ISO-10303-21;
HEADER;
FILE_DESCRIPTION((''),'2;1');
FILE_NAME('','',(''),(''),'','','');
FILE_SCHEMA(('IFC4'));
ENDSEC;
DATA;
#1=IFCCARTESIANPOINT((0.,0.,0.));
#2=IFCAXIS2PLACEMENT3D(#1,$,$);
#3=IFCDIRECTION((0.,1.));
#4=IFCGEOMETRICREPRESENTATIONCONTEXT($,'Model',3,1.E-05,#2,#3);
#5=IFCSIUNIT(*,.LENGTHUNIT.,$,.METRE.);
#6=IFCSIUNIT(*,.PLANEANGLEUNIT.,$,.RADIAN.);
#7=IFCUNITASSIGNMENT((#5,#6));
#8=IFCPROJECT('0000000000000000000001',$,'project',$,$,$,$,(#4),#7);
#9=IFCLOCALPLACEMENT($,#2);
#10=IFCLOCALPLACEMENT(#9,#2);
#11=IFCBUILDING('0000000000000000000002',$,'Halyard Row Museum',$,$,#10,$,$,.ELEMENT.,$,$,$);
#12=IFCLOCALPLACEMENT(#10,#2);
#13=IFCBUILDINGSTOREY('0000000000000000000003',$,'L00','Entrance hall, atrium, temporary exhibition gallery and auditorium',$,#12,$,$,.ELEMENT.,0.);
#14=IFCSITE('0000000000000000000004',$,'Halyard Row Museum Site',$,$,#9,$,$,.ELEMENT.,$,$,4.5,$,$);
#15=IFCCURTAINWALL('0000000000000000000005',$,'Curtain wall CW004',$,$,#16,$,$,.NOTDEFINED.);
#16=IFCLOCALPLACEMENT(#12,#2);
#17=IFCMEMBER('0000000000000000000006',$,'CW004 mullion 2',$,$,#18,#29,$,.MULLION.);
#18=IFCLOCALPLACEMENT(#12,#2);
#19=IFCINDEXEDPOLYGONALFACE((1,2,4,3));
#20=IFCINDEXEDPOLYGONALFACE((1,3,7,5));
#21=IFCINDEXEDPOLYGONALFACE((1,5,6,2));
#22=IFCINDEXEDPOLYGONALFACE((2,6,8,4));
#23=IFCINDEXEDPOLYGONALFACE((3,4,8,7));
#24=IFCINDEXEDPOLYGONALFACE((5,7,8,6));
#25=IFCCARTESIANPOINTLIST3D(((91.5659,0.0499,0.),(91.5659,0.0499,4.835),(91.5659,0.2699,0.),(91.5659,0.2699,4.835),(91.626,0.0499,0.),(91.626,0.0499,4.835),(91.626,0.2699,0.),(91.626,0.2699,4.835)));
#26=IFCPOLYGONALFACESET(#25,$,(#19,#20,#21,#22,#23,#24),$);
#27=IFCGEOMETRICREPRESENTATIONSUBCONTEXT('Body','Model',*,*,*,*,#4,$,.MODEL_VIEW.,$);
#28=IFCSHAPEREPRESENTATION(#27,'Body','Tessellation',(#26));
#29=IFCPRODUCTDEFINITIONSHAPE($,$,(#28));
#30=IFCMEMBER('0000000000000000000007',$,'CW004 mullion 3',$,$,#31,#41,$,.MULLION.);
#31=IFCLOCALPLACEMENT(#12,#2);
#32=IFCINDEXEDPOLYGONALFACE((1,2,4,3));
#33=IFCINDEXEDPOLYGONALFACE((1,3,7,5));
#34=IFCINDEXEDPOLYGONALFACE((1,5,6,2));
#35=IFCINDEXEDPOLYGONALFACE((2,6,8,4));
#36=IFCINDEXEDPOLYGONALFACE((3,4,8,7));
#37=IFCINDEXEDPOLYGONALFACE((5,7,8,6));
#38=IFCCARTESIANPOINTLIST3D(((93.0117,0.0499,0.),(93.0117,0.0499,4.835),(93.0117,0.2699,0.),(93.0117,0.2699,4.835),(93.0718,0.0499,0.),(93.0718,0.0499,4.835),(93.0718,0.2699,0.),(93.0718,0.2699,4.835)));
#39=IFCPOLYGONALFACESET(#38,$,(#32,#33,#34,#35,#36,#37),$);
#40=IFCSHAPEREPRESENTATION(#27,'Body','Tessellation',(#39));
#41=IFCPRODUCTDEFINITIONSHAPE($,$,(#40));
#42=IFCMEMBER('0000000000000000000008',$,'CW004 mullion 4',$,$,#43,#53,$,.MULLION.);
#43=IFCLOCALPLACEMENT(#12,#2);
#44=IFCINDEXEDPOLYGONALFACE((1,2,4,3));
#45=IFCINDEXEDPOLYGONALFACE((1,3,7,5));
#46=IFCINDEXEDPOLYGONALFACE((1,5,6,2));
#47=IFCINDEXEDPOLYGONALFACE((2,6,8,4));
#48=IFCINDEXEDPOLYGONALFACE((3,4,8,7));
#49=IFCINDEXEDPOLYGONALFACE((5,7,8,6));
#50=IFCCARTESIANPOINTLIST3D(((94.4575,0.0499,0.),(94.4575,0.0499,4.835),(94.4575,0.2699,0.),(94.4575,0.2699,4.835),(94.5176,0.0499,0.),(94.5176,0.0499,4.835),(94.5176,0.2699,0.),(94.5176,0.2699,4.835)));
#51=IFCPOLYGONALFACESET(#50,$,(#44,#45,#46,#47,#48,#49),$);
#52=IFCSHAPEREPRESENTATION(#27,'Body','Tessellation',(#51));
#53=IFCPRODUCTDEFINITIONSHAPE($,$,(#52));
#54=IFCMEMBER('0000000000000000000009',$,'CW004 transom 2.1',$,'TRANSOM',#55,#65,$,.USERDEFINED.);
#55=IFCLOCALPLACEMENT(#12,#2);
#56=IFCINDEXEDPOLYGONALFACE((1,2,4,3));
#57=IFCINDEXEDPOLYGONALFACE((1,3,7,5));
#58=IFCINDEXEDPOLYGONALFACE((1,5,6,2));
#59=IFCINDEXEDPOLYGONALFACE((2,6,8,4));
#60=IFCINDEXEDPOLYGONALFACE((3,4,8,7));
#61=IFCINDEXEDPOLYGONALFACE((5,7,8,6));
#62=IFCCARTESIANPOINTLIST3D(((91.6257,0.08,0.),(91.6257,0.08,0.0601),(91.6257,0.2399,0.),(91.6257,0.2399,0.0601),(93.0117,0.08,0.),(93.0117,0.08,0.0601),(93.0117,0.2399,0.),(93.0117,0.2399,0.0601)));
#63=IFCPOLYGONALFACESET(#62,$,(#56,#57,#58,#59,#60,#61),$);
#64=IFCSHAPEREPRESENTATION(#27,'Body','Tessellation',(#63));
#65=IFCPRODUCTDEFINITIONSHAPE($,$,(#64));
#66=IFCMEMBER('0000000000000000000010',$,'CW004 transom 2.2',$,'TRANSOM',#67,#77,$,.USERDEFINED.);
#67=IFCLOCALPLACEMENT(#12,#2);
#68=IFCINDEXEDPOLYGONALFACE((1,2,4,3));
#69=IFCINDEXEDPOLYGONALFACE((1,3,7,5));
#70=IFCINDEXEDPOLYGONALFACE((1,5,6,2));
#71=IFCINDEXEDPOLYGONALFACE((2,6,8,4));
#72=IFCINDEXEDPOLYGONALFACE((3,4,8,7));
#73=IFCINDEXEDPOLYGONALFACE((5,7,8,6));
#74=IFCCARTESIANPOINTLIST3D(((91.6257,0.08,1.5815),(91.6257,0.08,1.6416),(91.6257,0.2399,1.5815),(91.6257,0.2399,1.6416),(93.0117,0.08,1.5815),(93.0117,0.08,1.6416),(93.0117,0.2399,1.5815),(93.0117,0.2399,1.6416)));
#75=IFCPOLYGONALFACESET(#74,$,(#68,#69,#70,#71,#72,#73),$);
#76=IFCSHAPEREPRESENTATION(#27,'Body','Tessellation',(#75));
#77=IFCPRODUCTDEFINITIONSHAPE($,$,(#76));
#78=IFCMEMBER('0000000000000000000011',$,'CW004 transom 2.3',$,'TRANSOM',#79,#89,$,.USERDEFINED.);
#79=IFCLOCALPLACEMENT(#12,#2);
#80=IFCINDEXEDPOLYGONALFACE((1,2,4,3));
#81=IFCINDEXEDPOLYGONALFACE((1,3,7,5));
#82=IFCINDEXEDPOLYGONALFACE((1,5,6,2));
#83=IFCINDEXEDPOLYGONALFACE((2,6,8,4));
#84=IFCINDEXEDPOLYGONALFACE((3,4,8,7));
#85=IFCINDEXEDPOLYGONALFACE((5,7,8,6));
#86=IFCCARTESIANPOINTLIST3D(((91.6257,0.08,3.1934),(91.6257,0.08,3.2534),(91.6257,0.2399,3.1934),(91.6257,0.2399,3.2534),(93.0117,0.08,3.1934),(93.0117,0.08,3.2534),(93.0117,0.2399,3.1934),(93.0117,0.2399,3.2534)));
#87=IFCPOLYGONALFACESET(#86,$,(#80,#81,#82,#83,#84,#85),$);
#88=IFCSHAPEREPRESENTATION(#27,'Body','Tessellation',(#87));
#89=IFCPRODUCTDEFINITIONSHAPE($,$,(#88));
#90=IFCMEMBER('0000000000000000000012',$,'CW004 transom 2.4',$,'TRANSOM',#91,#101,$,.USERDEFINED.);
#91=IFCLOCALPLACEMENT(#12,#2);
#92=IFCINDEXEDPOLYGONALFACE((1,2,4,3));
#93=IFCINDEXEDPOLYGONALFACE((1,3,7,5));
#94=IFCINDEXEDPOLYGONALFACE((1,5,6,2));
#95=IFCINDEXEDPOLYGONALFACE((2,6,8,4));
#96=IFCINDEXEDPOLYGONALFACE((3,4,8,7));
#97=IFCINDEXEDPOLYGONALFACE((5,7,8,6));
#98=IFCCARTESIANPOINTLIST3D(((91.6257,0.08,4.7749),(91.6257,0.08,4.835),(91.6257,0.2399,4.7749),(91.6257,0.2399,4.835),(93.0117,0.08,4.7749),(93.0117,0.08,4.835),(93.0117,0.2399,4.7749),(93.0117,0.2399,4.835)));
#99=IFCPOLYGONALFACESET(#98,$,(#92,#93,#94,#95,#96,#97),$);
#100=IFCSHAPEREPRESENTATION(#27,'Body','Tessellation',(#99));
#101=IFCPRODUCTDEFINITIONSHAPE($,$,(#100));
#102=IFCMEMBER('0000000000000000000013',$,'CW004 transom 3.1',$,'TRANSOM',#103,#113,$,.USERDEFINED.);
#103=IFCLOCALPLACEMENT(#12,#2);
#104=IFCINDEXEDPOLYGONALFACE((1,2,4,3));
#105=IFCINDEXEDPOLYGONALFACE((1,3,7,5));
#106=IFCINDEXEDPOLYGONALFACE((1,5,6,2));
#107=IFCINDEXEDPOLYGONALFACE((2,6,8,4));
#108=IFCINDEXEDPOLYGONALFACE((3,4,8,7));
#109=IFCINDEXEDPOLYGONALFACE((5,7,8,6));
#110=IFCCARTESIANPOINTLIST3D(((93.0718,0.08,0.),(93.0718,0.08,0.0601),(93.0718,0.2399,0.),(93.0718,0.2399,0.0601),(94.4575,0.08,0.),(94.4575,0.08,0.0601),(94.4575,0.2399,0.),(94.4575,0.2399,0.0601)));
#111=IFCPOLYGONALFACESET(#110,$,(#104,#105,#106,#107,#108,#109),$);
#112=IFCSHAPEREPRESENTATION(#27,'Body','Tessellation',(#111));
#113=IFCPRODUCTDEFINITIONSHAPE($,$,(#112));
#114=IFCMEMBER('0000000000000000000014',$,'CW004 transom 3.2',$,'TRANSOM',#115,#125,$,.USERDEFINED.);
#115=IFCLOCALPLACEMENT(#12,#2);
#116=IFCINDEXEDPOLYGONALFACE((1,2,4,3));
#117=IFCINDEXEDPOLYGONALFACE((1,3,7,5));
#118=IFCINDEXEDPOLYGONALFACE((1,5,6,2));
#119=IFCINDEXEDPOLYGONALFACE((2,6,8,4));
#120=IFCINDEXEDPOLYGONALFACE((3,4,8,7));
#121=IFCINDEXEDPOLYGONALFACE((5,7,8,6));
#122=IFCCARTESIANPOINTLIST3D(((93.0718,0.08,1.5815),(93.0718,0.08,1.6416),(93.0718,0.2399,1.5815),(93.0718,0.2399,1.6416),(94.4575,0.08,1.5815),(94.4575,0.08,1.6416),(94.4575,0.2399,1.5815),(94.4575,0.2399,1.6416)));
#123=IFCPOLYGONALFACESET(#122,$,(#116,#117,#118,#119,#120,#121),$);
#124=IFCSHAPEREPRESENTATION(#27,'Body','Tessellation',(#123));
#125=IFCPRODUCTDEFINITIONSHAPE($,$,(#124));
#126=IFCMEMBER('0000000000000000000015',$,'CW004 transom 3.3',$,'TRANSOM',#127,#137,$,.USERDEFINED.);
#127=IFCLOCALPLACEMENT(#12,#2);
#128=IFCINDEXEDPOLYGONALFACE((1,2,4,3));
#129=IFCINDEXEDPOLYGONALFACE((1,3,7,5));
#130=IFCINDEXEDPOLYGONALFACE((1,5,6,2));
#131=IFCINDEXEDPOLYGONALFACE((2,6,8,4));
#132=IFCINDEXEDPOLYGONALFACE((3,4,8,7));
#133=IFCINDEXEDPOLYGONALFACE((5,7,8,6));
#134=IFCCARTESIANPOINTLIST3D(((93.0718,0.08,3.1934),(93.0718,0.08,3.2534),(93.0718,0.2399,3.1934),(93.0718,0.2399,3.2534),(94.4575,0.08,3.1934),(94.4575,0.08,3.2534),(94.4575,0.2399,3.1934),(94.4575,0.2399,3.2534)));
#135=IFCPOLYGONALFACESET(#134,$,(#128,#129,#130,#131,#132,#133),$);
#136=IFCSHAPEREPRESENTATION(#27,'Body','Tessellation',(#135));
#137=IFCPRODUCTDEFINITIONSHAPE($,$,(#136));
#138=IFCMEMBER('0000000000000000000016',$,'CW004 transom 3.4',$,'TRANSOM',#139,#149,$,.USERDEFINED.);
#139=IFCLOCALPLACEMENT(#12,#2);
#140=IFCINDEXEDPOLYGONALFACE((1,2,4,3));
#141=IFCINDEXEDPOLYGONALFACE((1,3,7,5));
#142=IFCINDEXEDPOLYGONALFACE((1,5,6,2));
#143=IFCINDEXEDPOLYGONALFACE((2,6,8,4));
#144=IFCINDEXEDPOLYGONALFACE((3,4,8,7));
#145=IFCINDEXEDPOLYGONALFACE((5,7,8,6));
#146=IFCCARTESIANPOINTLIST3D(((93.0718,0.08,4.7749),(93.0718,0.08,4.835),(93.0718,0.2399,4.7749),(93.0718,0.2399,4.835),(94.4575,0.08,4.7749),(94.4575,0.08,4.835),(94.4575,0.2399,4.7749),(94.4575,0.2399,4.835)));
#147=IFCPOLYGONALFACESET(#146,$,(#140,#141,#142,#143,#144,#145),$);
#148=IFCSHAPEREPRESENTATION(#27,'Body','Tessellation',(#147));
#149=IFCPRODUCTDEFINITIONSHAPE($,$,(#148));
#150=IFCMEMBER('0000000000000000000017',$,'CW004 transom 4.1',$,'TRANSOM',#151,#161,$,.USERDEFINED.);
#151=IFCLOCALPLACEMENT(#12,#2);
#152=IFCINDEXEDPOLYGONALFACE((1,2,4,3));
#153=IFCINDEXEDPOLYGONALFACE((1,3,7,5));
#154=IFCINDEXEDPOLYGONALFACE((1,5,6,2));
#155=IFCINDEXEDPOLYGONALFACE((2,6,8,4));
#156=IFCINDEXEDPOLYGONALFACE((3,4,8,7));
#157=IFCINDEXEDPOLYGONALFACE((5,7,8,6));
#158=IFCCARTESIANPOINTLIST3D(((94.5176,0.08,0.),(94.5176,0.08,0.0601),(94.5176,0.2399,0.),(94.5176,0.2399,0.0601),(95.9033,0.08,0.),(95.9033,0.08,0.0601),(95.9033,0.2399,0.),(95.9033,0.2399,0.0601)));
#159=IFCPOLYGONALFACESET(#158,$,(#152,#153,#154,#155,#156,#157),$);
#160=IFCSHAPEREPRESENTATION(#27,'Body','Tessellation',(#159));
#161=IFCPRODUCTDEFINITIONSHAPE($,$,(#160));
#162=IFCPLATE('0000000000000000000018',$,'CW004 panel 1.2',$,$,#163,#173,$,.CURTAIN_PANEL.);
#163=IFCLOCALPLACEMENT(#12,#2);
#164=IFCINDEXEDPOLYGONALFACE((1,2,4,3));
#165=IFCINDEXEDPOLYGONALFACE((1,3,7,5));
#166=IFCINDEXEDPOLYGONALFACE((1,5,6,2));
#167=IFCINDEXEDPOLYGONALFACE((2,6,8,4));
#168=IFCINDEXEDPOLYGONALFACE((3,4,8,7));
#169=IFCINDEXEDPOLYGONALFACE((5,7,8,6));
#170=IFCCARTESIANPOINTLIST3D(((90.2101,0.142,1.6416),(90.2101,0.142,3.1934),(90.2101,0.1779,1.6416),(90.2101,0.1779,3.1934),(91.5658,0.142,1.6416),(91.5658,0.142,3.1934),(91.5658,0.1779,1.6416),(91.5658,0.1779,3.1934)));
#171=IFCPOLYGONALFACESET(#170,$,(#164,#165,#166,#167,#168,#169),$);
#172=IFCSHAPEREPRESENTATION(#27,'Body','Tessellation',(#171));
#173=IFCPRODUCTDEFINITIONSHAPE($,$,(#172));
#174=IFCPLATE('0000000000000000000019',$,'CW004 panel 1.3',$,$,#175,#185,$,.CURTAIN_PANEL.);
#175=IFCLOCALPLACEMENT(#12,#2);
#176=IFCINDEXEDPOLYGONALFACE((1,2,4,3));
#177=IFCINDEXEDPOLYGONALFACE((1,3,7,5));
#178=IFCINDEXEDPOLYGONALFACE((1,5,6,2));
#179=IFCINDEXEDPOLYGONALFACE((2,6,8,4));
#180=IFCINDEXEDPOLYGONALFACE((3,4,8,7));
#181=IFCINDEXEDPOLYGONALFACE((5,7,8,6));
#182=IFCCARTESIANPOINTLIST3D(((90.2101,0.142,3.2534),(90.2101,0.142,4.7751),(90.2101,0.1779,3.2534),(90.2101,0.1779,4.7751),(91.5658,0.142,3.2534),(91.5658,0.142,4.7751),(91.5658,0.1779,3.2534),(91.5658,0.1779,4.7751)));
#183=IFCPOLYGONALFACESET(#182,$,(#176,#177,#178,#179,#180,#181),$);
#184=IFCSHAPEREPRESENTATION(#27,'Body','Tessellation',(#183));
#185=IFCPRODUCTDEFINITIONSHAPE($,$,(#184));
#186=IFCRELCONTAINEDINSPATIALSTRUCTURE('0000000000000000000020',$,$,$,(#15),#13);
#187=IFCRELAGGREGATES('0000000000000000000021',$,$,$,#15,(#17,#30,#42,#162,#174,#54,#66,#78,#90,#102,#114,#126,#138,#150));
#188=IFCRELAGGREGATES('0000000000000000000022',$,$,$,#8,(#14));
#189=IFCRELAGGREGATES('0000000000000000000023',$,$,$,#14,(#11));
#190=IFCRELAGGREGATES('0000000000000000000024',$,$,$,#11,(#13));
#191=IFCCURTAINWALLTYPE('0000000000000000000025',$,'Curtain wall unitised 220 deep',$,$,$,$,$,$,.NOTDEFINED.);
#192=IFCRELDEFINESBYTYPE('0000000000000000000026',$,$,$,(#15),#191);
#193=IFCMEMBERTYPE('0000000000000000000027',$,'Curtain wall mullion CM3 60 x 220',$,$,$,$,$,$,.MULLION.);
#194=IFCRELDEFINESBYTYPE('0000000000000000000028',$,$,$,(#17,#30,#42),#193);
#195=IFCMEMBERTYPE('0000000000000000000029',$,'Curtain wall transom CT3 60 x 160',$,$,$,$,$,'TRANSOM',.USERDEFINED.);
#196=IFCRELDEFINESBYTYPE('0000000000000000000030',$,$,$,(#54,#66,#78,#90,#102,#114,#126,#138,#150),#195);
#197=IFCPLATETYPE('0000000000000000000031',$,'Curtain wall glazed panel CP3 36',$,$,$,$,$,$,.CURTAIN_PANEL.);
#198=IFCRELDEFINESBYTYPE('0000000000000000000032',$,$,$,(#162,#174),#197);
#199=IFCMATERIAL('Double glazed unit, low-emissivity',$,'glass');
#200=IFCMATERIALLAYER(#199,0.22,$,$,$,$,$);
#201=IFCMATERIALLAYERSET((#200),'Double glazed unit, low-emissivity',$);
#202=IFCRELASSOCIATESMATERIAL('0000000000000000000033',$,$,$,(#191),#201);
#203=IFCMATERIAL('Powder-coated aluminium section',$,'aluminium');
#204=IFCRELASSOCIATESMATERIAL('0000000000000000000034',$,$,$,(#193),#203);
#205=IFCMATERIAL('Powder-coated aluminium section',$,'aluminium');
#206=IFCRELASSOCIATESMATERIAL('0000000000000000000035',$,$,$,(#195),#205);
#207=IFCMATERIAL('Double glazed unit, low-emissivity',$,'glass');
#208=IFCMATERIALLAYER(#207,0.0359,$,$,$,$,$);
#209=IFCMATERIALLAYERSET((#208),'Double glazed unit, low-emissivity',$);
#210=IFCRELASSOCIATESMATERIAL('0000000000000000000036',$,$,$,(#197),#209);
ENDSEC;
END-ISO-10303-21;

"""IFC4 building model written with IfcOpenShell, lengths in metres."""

from ifc_helpers import new_model, si_unit, direction, frame, origin, origin_2d, place, context, subcontext, project, spatial, rectangle, extrude, material, layer, layer_set, material_profile, profile_set, type_object, element, aggregate, save


model = new_model("IFC4")

# Units and contexts
model_context = context("Model", 3, precision=1e-05, world=origin(), true_north=direction((0.0, 1.0)))
body_context = subcontext(model_context, "Body", "Model", "MODEL_VIEW")
ifc_project = project(units=[si_unit("LENGTHUNIT", "METRE"), si_unit("PLANEANGLEUNIT", "RADIAN")], contexts=[model_context])

# Site, building, storey
site_placement = place(None, origin())
site = spatial("IfcSite", under=ifc_project, at=site_placement, Name="Halyard Row Museum Site", CompositionType="ELEMENT", RefElevation=4.5)
building_placement = place(site_placement, origin())
building = spatial("IfcBuilding", under=site, at=building_placement, Name="Halyard Row Museum", CompositionType="ELEMENT")
storey_placement = place(building_placement, origin())
storey = spatial("IfcBuildingStorey", under=building, at=storey_placement, Name="L00", Description="Entrance hall, atrium, temporary exhibition gallery and auditorium", CompositionType="ELEMENT", Elevation=0.0)

# Curtain wall, members, plates
ifc_material_1 = material(Name="Double glazed unit, low-emissivity", Category="glass")
ifc_layer_1 = layer(ifc_material_1, 0.22)
ifc_layer_set_1 = layer_set([ifc_layer_1], Name="Double glazed unit, low-emissivity")
curtain_wall_type = type_object("IfcCurtainWallType", Name="Curtain wall unitised 220 deep", PredefinedType="NOTDEFINED", material=ifc_layer_set_1)
curtain_wall_placement = place(storey_placement, origin())
curtain_wall = element("IfcCurtainWall", 1, at=curtain_wall_placement, inside=storey, type_object=curtain_wall_type, Name="Curtain wall CW004", PredefinedType="NOTDEFINED")
ifc_material_2 = material(Name="Powder-coated aluminium section", Category="aluminium")
ifc_material_profile_1 = material_profile(ifc_material_2, rectangle(XDim=0.22, YDim=0.0601, at=origin_2d()), Name="220x60 mullion")
ifc_profile_set_1 = profile_set([ifc_material_profile_1], Name="Powder-coated aluminium section")
member_type_1 = type_object("IfcMemberType", Name="Curtain wall mullion CM3 60 x 220", PredefinedType="MULLION", material=ifc_profile_set_1)
member_1_placement = place(storey_placement, frame((91.5959, 0.1599, 0.0), z_axis=(0.0, 0.0, 1.0), x_axis=(0.0, 1.0, 0.0)))
member_1 = element("IfcMember", 2, at=member_1_placement, type_object=member_type_1, Name="CW004 mullion 2", PredefinedType="MULLION", context=body_context, shape_type="SweptSolid", body=[
    extrude(rectangle(XDim=0.22, YDim=0.0601, at=origin_2d()), origin(), (0.0, 0.0, 1.0), 4.835),
])
member_2_placement = place(storey_placement, frame((93.0417, 0.1599, 0.0), z_axis=(0.0, 0.0, 1.0), x_axis=(0.0, 1.0, 0.0)))
member_2 = element("IfcMember", 3, at=member_2_placement, type_object=member_type_1, Name="CW004 mullion 3", PredefinedType="MULLION", context=body_context, shape_type="SweptSolid", body=[
    extrude(rectangle(XDim=0.22, YDim=0.0601, at=origin_2d()), origin(), (0.0, 0.0, 1.0), 4.835),
])
member_3_placement = place(storey_placement, frame((94.4875, 0.1599, 0.0), z_axis=(0.0, 0.0, 1.0), x_axis=(0.0, 1.0, 0.0)))
member_3 = element("IfcMember", 4, at=member_3_placement, type_object=member_type_1, Name="CW004 mullion 4", PredefinedType="MULLION", context=body_context, shape_type="SweptSolid", body=[
    extrude(rectangle(XDim=0.22, YDim=0.0601, at=origin_2d()), origin(), (0.0, 0.0, 1.0), 4.835),
])
ifc_material_3 = material(Name="Powder-coated aluminium section", Category="aluminium")
ifc_material_profile_2 = material_profile(ifc_material_3, rectangle(XDim=0.1599, YDim=0.0601, at=origin_2d()), Name="160x60 transom")
ifc_profile_set_2 = profile_set([ifc_material_profile_2], Name="Powder-coated aluminium section")
member_type_2 = type_object("IfcMemberType", Name="Curtain wall transom CT3 60 x 160", ElementType="TRANSOM", PredefinedType="USERDEFINED", material=ifc_profile_set_2)
member_4_placement = place(storey_placement, frame((91.6257, 0.1599, 0.03), z_axis=(1.0, 0.0, 0.0), x_axis=(0.0, 1.0, 0.0)))
member_4 = element("IfcMember", 5, at=member_4_placement, type_object=member_type_2, Name="CW004 transom 2.1", ObjectType="TRANSOM", PredefinedType="USERDEFINED", context=body_context, shape_type="SweptSolid", body=[
    extrude(rectangle(XDim=0.1599, YDim=0.0601, at=origin_2d()), origin(), (0.0, 0.0, 1.0), 1.386),
])
member_5_placement = place(storey_placement, frame((91.6257, 0.1599, 1.6116), z_axis=(1.0, 0.0, 0.0), x_axis=(0.0, 1.0, 0.0)))
member_5 = element("IfcMember", 6, at=member_5_placement, type_object=member_type_2, Name="CW004 transom 2.2", ObjectType="TRANSOM", PredefinedType="USERDEFINED", context=body_context, shape_type="SweptSolid", body=[
    extrude(rectangle(XDim=0.1599, YDim=0.0601, at=origin_2d()), origin(), (0.0, 0.0, 1.0), 1.386),
])
member_6_placement = place(storey_placement, frame((91.6257, 0.1599, 3.2234), z_axis=(1.0, 0.0, 0.0), x_axis=(0.0, 1.0, 0.0)))
member_6 = element("IfcMember", 7, at=member_6_placement, type_object=member_type_2, Name="CW004 transom 2.3", ObjectType="TRANSOM", PredefinedType="USERDEFINED", context=body_context, shape_type="SweptSolid", body=[
    extrude(rectangle(XDim=0.1599, YDim=0.0601, at=origin_2d()), origin(), (0.0, 0.0, 1.0), 1.386),
])
member_7_placement = place(storey_placement, frame((91.6257, 0.1599, 4.8049), z_axis=(1.0, 0.0, 0.0), x_axis=(0.0, 1.0, 0.0)))
member_7 = element("IfcMember", 8, at=member_7_placement, type_object=member_type_2, Name="CW004 transom 2.4", ObjectType="TRANSOM", PredefinedType="USERDEFINED", context=body_context, shape_type="SweptSolid", body=[
    extrude(rectangle(XDim=0.1599, YDim=0.0601, at=origin_2d()), origin(), (0.0, 0.0, 1.0), 1.386),
])
member_8_placement = place(storey_placement, frame((93.0718, 0.1599, 0.03), z_axis=(1.0, 0.0, 0.0), x_axis=(0.0, 1.0, 0.0)))
member_8 = element("IfcMember", 9, at=member_8_placement, type_object=member_type_2, Name="CW004 transom 3.1", ObjectType="TRANSOM", PredefinedType="USERDEFINED", context=body_context, shape_type="SweptSolid", body=[
    extrude(rectangle(XDim=0.1599, YDim=0.0601, at=origin_2d()), origin(), (0.0, 0.0, 1.0), 1.3857),
])
member_9_placement = place(storey_placement, frame((93.0718, 0.1599, 1.6116), z_axis=(1.0, 0.0, 0.0), x_axis=(0.0, 1.0, 0.0)))
member_9 = element("IfcMember", 10, at=member_9_placement, type_object=member_type_2, Name="CW004 transom 3.2", ObjectType="TRANSOM", PredefinedType="USERDEFINED", context=body_context, shape_type="SweptSolid", body=[
    extrude(rectangle(XDim=0.1599, YDim=0.0601, at=origin_2d()), origin(), (0.0, 0.0, 1.0), 1.3857),
])
member_10_placement = place(storey_placement, frame((93.0718, 0.1599, 3.2234), z_axis=(1.0, 0.0, 0.0), x_axis=(0.0, 1.0, 0.0)))
member_10 = element("IfcMember", 11, at=member_10_placement, type_object=member_type_2, Name="CW004 transom 3.3", ObjectType="TRANSOM", PredefinedType="USERDEFINED", context=body_context, shape_type="SweptSolid", body=[
    extrude(rectangle(XDim=0.1599, YDim=0.0601, at=origin_2d()), origin(), (0.0, 0.0, 1.0), 1.3857),
])
member_11_placement = place(storey_placement, frame((93.0718, 0.1599, 4.8049), z_axis=(1.0, 0.0, 0.0), x_axis=(0.0, 1.0, 0.0)))
member_11 = element("IfcMember", 12, at=member_11_placement, type_object=member_type_2, Name="CW004 transom 3.4", ObjectType="TRANSOM", PredefinedType="USERDEFINED", context=body_context, shape_type="SweptSolid", body=[
    extrude(rectangle(XDim=0.1599, YDim=0.0601, at=origin_2d()), origin(), (0.0, 0.0, 1.0), 1.3857),
])
member_12_placement = place(storey_placement, frame((94.5176, 0.1599, 0.03), z_axis=(1.0, 0.0, 0.0), x_axis=(0.0, 1.0, 0.0)))
member_12 = element("IfcMember", 13, at=member_12_placement, type_object=member_type_2, Name="CW004 transom 4.1", ObjectType="TRANSOM", PredefinedType="USERDEFINED", context=body_context, shape_type="SweptSolid", body=[
    extrude(rectangle(XDim=0.1599, YDim=0.0601, at=origin_2d()), origin(), (0.0, 0.0, 1.0), 1.3857),
])
ifc_material_4 = material(Name="Double glazed unit, low-emissivity", Category="glass")
ifc_layer_2 = layer(ifc_material_4, 0.0359)
ifc_layer_set_2 = layer_set([ifc_layer_2], Name="Double glazed unit, low-emissivity")
plate_type = type_object("IfcPlateType", Name="Curtain wall glazed panel CP3 36", PredefinedType="CURTAIN_PANEL", material=ifc_layer_set_2)
plate_1_placement = place(storey_placement, frame((90.8879, 0.1599, 1.6416), z_axis=(0.0, 0.0, 1.0), x_axis=(1.0, 0.0, 0.0)))
plate_1 = element("IfcPlate", 14, at=plate_1_placement, type_object=plate_type, Name="CW004 panel 1.2", PredefinedType="CURTAIN_PANEL", context=body_context, shape_type="SweptSolid", body=[
    extrude(rectangle(XDim=1.3557, YDim=0.0359, at=origin_2d()), origin(), (0.0, 0.0, 1.0), 1.5518),
])
plate_2_placement = place(storey_placement, frame((90.8879, 0.1599, 3.2534), z_axis=(0.0, 0.0, 1.0), x_axis=(1.0, 0.0, 0.0)))
plate_2 = element("IfcPlate", 15, at=plate_2_placement, type_object=plate_type, Name="CW004 panel 1.3", PredefinedType="CURTAIN_PANEL", context=body_context, shape_type="SweptSolid", body=[
    extrude(rectangle(XDim=1.3557, YDim=0.0359, at=origin_2d()), origin(), (0.0, 0.0, 1.0), 1.5217),
])
aggregate(curtain_wall, [member_1, member_2, member_3, plate_1, plate_2, member_4, member_5, member_6, member_7, member_8, member_9, member_10, member_11, member_12])

save(model, "model.ifc")
